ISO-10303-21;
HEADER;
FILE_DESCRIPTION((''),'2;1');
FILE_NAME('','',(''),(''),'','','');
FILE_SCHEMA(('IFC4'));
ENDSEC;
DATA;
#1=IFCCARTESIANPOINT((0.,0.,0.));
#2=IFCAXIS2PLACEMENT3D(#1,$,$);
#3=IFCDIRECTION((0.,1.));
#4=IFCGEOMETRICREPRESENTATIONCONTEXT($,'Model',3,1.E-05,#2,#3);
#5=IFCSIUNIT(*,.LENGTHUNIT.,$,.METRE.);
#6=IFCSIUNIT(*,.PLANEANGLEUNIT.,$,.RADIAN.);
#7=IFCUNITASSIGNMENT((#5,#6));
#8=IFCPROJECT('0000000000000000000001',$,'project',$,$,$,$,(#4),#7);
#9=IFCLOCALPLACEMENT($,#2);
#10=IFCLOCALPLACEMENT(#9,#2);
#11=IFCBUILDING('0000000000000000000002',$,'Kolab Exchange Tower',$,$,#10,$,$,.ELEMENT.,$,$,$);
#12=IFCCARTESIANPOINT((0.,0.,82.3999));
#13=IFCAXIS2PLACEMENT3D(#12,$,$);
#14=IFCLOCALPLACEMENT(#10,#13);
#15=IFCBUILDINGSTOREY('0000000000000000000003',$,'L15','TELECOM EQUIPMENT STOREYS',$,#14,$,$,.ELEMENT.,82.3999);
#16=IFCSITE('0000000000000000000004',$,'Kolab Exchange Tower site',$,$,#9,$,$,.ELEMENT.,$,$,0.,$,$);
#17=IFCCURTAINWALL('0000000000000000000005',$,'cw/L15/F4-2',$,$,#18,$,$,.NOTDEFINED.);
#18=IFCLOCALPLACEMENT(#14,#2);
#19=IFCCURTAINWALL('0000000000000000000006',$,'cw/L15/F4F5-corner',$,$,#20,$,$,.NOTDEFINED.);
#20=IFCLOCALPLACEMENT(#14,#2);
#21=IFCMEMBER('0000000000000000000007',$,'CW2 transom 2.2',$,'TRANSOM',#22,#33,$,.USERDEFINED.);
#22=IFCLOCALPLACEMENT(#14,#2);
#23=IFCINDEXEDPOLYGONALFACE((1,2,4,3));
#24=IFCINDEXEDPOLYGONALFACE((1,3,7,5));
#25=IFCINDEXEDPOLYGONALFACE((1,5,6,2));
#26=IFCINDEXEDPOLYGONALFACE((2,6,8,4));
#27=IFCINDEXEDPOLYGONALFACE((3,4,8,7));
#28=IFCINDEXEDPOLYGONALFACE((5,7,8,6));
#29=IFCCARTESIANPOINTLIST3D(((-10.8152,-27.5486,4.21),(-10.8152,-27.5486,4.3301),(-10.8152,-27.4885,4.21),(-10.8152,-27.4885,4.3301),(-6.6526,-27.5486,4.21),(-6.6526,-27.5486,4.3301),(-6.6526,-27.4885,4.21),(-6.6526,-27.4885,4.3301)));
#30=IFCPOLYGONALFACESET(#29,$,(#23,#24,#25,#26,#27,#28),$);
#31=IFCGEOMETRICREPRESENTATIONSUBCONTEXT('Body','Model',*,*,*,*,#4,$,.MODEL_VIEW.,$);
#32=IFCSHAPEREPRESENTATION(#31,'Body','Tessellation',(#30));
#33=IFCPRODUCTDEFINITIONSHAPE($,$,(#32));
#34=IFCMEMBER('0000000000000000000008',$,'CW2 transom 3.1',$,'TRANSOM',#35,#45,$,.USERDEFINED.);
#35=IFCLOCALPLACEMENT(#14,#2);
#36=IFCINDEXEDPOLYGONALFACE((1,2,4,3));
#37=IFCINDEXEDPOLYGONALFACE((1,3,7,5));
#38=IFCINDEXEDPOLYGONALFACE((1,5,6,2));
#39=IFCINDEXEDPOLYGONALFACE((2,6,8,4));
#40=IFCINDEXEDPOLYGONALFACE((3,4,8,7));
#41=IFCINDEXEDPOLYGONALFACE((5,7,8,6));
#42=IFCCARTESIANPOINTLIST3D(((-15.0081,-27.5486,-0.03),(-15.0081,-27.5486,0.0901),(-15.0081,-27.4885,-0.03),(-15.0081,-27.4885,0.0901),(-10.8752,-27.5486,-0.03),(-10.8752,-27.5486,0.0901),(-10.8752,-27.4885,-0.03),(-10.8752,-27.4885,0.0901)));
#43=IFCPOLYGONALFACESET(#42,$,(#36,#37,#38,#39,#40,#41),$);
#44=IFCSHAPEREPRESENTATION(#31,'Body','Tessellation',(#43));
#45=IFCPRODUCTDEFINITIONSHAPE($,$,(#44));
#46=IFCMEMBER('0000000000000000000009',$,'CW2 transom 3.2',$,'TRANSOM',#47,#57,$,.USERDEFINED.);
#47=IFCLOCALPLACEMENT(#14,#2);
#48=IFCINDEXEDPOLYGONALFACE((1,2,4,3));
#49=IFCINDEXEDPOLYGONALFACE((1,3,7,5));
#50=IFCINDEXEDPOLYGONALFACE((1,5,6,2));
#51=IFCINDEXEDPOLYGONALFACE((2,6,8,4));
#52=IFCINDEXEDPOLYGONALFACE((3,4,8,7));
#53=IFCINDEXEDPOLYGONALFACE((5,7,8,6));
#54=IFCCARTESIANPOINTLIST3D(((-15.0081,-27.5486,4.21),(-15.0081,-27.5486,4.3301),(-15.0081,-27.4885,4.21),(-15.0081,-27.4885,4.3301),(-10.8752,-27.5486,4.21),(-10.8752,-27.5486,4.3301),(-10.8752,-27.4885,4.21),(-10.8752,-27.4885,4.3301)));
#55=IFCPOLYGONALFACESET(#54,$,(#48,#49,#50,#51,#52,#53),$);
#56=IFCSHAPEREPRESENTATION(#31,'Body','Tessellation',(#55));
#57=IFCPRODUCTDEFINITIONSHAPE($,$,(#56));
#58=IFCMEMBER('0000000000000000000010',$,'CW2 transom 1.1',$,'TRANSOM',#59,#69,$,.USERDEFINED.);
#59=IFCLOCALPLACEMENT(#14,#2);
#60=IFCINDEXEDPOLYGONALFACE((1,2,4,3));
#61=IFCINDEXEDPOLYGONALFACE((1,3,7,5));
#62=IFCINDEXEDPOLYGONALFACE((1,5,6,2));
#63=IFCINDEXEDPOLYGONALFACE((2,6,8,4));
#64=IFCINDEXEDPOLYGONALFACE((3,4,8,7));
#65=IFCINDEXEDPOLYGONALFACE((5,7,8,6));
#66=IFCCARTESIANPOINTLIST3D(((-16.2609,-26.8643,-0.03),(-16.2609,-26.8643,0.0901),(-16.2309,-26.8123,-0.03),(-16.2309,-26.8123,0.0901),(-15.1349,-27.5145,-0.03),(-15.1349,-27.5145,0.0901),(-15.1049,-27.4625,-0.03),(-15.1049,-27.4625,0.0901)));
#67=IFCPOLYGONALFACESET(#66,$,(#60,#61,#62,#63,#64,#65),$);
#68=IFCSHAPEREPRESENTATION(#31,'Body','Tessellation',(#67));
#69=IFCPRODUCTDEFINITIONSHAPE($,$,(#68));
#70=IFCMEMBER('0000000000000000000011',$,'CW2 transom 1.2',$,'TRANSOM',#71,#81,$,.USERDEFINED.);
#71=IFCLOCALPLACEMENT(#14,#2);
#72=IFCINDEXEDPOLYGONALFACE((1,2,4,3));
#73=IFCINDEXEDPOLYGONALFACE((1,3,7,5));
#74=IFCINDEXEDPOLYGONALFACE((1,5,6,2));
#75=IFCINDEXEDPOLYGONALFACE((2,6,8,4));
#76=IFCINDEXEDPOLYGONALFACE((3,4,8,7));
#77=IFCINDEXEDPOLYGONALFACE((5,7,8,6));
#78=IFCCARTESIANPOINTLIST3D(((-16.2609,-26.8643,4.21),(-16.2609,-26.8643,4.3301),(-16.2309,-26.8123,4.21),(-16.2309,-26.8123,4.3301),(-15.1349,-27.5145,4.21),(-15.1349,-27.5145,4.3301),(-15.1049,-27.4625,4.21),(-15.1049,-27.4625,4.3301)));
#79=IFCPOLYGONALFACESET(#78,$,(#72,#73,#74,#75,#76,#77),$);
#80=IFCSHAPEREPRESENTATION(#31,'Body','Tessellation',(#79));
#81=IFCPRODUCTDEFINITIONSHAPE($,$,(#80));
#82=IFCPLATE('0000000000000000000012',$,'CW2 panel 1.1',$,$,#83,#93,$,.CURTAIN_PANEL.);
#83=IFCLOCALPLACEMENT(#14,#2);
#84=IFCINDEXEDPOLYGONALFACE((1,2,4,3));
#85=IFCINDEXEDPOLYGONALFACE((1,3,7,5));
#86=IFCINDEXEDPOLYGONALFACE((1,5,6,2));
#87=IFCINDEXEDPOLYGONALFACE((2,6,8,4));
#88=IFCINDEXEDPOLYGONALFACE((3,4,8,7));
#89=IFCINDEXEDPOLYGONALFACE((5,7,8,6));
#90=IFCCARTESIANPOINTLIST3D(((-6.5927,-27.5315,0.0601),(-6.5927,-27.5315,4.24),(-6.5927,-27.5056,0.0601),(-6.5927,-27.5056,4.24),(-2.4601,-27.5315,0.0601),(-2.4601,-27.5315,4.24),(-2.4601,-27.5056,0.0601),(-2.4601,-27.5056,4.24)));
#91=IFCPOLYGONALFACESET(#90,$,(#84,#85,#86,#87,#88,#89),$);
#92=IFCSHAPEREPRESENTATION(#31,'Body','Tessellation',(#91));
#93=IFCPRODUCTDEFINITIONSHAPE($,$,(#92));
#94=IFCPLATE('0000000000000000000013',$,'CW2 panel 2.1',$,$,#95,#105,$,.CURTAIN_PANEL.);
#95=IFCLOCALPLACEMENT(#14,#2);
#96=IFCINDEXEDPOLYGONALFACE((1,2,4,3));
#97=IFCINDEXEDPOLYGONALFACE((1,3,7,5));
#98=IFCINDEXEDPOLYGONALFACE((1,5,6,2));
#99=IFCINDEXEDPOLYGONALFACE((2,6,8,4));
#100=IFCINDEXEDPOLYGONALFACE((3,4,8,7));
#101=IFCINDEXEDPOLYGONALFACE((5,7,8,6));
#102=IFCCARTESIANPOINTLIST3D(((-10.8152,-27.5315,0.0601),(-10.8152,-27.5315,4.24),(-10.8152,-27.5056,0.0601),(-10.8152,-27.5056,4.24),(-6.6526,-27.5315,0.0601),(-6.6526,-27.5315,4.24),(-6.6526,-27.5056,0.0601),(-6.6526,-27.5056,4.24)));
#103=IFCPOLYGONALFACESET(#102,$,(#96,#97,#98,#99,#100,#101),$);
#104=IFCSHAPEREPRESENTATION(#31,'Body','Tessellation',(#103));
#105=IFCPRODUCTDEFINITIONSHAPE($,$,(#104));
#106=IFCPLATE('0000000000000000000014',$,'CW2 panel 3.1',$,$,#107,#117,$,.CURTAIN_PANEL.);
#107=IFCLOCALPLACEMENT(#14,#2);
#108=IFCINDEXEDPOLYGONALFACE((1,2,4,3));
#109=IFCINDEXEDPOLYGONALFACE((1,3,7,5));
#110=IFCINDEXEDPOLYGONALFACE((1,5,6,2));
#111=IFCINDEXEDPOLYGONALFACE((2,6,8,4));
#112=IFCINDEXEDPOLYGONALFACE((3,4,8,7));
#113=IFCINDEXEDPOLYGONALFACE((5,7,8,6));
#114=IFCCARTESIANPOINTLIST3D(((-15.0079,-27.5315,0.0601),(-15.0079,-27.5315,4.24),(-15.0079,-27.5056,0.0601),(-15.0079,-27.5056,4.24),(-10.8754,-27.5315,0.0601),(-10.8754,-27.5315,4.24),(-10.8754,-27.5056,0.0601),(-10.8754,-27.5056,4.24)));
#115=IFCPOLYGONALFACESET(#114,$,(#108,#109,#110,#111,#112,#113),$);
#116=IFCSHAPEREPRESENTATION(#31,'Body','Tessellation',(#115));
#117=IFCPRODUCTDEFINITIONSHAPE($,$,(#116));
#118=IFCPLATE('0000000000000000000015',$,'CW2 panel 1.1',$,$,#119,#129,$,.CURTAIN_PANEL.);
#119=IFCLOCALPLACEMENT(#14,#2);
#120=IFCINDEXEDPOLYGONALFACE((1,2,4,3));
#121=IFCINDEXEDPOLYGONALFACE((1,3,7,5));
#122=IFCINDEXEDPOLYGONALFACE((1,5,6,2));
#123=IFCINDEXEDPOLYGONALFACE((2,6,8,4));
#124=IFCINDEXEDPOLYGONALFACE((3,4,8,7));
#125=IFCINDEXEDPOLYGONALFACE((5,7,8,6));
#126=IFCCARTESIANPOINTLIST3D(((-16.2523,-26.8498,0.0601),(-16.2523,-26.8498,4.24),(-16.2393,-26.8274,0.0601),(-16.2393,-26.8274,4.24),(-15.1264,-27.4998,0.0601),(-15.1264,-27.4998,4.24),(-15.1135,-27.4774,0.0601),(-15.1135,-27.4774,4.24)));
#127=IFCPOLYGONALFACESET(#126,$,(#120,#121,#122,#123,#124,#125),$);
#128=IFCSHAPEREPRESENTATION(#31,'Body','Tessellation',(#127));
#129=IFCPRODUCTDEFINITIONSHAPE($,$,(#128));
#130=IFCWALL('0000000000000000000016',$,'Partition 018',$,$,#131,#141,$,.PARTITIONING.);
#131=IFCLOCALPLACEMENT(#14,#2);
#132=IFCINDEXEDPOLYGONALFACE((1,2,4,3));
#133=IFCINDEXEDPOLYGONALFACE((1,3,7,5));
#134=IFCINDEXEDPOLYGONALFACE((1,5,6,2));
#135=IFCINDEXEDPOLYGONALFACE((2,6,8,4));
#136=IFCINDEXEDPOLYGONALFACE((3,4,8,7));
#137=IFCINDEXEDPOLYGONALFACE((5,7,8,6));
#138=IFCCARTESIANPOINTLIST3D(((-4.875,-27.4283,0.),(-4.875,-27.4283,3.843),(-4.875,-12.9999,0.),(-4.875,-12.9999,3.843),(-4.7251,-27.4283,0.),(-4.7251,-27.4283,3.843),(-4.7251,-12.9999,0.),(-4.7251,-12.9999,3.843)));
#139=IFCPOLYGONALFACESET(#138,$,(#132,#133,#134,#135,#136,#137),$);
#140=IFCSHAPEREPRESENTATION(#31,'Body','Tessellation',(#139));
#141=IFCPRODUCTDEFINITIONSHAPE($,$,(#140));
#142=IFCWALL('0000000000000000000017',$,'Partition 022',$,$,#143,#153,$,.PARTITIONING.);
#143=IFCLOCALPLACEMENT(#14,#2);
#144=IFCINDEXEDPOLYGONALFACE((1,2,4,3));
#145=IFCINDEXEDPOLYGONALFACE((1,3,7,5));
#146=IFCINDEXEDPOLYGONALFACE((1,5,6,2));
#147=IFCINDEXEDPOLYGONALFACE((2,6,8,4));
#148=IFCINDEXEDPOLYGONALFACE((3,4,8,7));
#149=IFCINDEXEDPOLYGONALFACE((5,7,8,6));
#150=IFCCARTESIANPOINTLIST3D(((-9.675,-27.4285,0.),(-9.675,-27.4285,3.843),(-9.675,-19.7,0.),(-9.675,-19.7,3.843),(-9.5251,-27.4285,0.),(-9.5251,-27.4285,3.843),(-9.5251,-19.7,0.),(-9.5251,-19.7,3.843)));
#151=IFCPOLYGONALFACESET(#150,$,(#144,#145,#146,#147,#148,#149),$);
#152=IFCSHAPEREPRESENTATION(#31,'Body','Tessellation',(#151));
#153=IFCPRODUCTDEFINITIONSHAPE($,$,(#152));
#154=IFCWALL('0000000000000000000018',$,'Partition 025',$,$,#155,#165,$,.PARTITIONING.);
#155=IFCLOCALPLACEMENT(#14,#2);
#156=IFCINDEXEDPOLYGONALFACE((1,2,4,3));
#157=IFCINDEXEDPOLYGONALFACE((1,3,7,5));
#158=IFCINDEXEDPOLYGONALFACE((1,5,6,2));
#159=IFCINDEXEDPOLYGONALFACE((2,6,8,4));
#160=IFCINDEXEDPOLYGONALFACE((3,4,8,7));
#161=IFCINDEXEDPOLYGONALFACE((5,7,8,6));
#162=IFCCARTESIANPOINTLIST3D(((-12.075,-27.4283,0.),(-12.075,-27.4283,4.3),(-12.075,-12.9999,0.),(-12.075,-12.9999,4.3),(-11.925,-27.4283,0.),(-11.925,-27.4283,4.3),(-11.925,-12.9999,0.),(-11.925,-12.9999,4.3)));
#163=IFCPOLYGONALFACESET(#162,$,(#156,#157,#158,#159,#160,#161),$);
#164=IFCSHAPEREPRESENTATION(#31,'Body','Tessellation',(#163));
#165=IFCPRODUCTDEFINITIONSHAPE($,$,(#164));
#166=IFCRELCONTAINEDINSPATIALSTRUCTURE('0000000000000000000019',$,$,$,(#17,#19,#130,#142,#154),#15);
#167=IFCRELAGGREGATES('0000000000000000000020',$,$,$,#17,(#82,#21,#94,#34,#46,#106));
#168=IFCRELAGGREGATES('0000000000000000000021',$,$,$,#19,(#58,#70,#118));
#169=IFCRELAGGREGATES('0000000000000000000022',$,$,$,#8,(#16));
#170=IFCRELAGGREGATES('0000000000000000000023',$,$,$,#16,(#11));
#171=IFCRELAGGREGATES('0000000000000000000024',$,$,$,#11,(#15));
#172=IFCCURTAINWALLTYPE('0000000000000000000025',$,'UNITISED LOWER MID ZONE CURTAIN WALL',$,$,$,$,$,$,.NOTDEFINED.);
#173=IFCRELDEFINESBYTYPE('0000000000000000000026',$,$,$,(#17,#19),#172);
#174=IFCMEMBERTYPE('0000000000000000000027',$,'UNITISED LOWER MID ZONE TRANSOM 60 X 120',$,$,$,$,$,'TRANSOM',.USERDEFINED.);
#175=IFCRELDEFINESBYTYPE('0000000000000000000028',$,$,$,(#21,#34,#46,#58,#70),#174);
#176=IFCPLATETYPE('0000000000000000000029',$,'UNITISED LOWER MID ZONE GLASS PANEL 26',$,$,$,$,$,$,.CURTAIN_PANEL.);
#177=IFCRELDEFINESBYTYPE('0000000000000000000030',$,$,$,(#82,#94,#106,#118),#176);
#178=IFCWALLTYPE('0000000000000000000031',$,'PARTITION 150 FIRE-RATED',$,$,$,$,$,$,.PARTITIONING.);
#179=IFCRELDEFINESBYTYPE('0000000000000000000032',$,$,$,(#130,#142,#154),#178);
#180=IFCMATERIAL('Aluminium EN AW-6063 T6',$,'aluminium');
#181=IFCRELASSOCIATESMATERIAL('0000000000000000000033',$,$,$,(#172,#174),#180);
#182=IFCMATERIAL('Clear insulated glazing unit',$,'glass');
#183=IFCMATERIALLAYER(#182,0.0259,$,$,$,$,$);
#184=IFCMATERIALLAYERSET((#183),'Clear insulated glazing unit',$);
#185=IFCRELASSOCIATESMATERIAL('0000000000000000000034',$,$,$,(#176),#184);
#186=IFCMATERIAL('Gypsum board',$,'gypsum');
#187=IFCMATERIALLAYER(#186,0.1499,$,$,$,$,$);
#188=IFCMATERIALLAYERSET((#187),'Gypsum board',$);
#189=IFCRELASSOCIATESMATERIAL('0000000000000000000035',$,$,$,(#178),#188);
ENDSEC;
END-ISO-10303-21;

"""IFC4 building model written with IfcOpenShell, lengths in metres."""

from ifc_helpers import new_model, si_unit, direction, frame, frame_2d, origin, origin_2d, place, context, subcontext, project, spatial, rectangle, extrude, material, layer, layer_set, material_profile, profile_set, type_object, element, aggregate, save


model = new_model("IFC4")

# Units and contexts
model_context = context("Model", 3, precision=1e-05, world=origin(), true_north=direction((0.0, 1.0)))
body_context = subcontext(model_context, "Body", "Model", "MODEL_VIEW")
ifc_project = project(units=[si_unit("LENGTHUNIT", "METRE"), si_unit("PLANEANGLEUNIT", "RADIAN")], contexts=[model_context])

# Site, building, storey
site_placement = place(None, origin())
site = spatial("IfcSite", under=ifc_project, at=site_placement, Name="Kolab Exchange Tower site", CompositionType="ELEMENT", RefElevation=0.0)
building_placement = place(site_placement, origin())
building = spatial("IfcBuilding", under=site, at=building_placement, Name="Kolab Exchange Tower", CompositionType="ELEMENT")
storey_placement = place(building_placement, frame((0.0, 0.0, 82.3999)))
storey = spatial("IfcBuildingStorey", under=building, at=storey_placement, Name="L15", Description="TELECOM EQUIPMENT STOREYS", CompositionType="ELEMENT", Elevation=82.3999)

# Curtain wall
ifc_material_1 = material(Name="Aluminium EN AW-6063 T6", Category="aluminium")
curtain_wall_type = type_object("IfcCurtainWallType", Name="UNITISED LOWER MID ZONE CURTAIN WALL", PredefinedType="NOTDEFINED", material=ifc_material_1)
curtain_wall_1_placement = place(storey_placement, origin())
curtain_wall_1 = element("IfcCurtainWall", 1, at=curtain_wall_1_placement, inside=storey, type_object=curtain_wall_type, Name="cw/L15/F4-2", PredefinedType="NOTDEFINED")

# Curtain wall
curtain_wall_2_placement = place(storey_placement, origin())
curtain_wall_2 = element("IfcCurtainWall", 2, at=curtain_wall_2_placement, inside=storey, type_object=curtain_wall_type, Name="cw/L15/F4F5-corner", PredefinedType="NOTDEFINED")

# Members
ifc_material_profile_1 = material_profile(ifc_material_1, rectangle(XDim=0.0601, YDim=0.1201, at=origin_2d()), Name="RECT 60X120")
ifc_profile_set_1 = profile_set([ifc_material_profile_1], Name="Aluminium EN AW-6063 T6")
member_type_1 = type_object("IfcMemberType", Name="UNITISED LOWER MID ZONE TRANSOM 60 X 120", ElementType="TRANSOM", PredefinedType="USERDEFINED", material=ifc_profile_set_1)
member_1_placement = place(storey_placement, frame((-6.6526, -27.5186, 4.27), z_axis=(-1.0, 0.0, 0.0), x_axis=(0.0, -1.0, 0.0)))
member_1 = element("IfcMember", 3, at=member_1_placement, type_object=member_type_1, Name="CW2 transom 2.2", ObjectType="TRANSOM", PredefinedType="USERDEFINED", context=body_context, shape_type="SweptSolid", body=[
    extrude(rectangle(XDim=0.0601, YDim=0.1201, at=origin_2d()), origin(), (0.0, 0.0, 1.0), 4.1626),
])
member_2_placement = place(storey_placement, frame((-10.8752, -27.5186, 0.03), z_axis=(-1.0, 0.0, 0.0), x_axis=(0.0, -1.0, 0.0)))
member_2 = element("IfcMember", 4, at=member_2_placement, type_object=member_type_1, Name="CW2 transom 3.1", ObjectType="TRANSOM", PredefinedType="USERDEFINED", context=body_context, shape_type="SweptSolid", body=[
    extrude(rectangle(XDim=0.0601, YDim=0.1201, at=origin_2d()), origin(), (0.0, 0.0, 1.0), 4.1328),
])
member_3_placement = place(storey_placement, frame((-10.8752, -27.5186, 4.27), z_axis=(-1.0, 0.0, 0.0), x_axis=(0.0, -1.0, 0.0)))
member_3 = element("IfcMember", 5, at=member_3_placement, type_object=member_type_1, Name="CW2 transom 3.2", ObjectType="TRANSOM", PredefinedType="USERDEFINED", context=body_context, shape_type="SweptSolid", body=[
    extrude(rectangle(XDim=0.0601, YDim=0.1201, at=origin_2d()), origin(), (0.0, 0.0, 1.0), 4.1328),
])
member_4_placement = place(storey_placement, frame((-15.1199, -27.4885, 0.03), z_axis=(-0.866004, 0.500037, 0.0), x_axis=(-0.500037, -0.866004, 0.0)))
member_4 = element("IfcMember", 6, at=member_4_placement, type_object=member_type_1, Name="CW2 transom 1.1", ObjectType="TRANSOM", PredefinedType="USERDEFINED", context=body_context, shape_type="SweptSolid", body=[
    extrude(rectangle(XDim=0.0601, YDim=0.1201, at=origin_2d()), origin(), (0.0, 0.0, 1.0), 1.3003),
])
member_5_placement = place(storey_placement, frame((-15.1199, -27.4885, 4.27), z_axis=(-0.866004, 0.500037, 0.0), x_axis=(-0.500037, -0.866004, 0.0)))
member_5 = element("IfcMember", 7, at=member_5_placement, type_object=member_type_1, Name="CW2 transom 1.2", ObjectType="TRANSOM", PredefinedType="USERDEFINED", context=body_context, shape_type="SweptSolid", body=[
    extrude(rectangle(XDim=0.0601, YDim=0.1201, at=origin_2d()), origin(), (0.0, 0.0, 1.0), 1.3003),
])

# Plates
ifc_material_2 = material(Name="Clear insulated glazing unit", Category="glass")
ifc_layer_1 = layer(ifc_material_2, 0.0259)
ifc_layer_set_1 = layer_set([ifc_layer_1], Name="Clear insulated glazing unit")
plate_type = type_object("IfcPlateType", Name="UNITISED LOWER MID ZONE GLASS PANEL 26", PredefinedType="CURTAIN_PANEL", material=ifc_layer_set_1)
plate_1_placement = place(storey_placement, frame((-4.5264, -27.5186, 0.0601), z_axis=(0.0, 0.0, 1.0), x_axis=(-1.0, 0.0, 0.0)))
plate_1 = element("IfcPlate", 8, at=plate_1_placement, type_object=plate_type, Name="CW2 panel 1.1", PredefinedType="CURTAIN_PANEL", context=body_context, shape_type="SweptSolid", body=[
    extrude(rectangle(XDim=4.1326, YDim=0.0259, at=origin_2d()), origin(), (0.0, 0.0, 1.0), 4.1799),
])
plate_2_placement = place(storey_placement, frame((-8.7339, -27.5186, 0.0601), z_axis=(0.0, 0.0, 1.0), x_axis=(-1.0, 0.0, 0.0)))
plate_2 = element("IfcPlate", 9, at=plate_2_placement, type_object=plate_type, Name="CW2 panel 2.1", PredefinedType="CURTAIN_PANEL", context=body_context, shape_type="SweptSolid", body=[
    extrude(rectangle(XDim=4.1626, YDim=0.0259, at=origin_2d()), origin(), (0.0, 0.0, 1.0), 4.1799),
])
plate_3_placement = place(storey_placement, frame((-12.9417, -27.5186, 0.0601), z_axis=(0.0, 0.0, 1.0), x_axis=(-1.0, 0.0, 0.0)))
plate_3 = element("IfcPlate", 10, at=plate_3_placement, type_object=plate_type, Name="CW2 panel 3.1", PredefinedType="CURTAIN_PANEL", context=body_context, shape_type="SweptSolid", body=[
    extrude(rectangle(XDim=4.1326, YDim=0.0259, at=origin_2d()), origin(), (0.0, 0.0, 1.0), 4.1799),
])
aggregate(curtain_wall_1, [plate_1, member_1, plate_2, member_2, member_3, plate_3])
plate_4_placement = place(storey_placement, frame((-15.6829, -27.1636, 0.0601), z_axis=(0.0, 0.0, 1.0), x_axis=(-0.866025, 0.5, 0.0)))
plate_4 = element("IfcPlate", 11, at=plate_4_placement, type_object=plate_type, Name="CW2 panel 1.1", PredefinedType="CURTAIN_PANEL", context=body_context, shape_type="SweptSolid", body=[
    extrude(rectangle(XDim=1.3, YDim=0.0259, at=origin_2d()), origin(), (0.0, 0.0, 1.0), 4.1799),
])
aggregate(curtain_wall_2, [member_4, member_5, plate_4])

# Walls
ifc_material_3 = material(Name="Gypsum board", Category="gypsum")
ifc_layer_2 = layer(ifc_material_3, 0.1499)
ifc_layer_set_2 = layer_set([ifc_layer_2], Name="Gypsum board")
wall_type = type_object("IfcWallType", Name="PARTITION 150 FIRE-RATED", PredefinedType="PARTITIONING", material=ifc_layer_set_2)
wall_1_placement = place(storey_placement, frame((-4.8, -27.4285, 0.0), z_axis=(0.0, 0.0, 1.0), x_axis=(0.0, 1.0, 0.0)))
element("IfcWall", 12, at=wall_1_placement, inside=storey, type_object=wall_type, Name="Partition 018", PredefinedType="PARTITIONING", context=body_context, shape_type="SweptSolid", body=[
    extrude(rectangle(XDim=14.4285, YDim=0.1499, at=frame_2d((7.2144, 0.0))), origin(), (0.0, 0.0, 1.0), 3.843),
])
wall_2_placement = place(storey_placement, frame((-9.6001, -27.4285, 0.0), z_axis=(0.0, 0.0, 1.0), x_axis=(0.0, 1.0, 0.0)))
element("IfcWall", 13, at=wall_2_placement, inside=storey, type_object=wall_type, Name="Partition 022", PredefinedType="PARTITIONING", context=body_context, shape_type="SweptSolid", body=[
    extrude(rectangle(XDim=7.7285, YDim=0.1499, at=frame_2d((3.8643, 0.0))), origin(), (0.0, 0.0, 1.0), 3.843),
])
wall_3_placement = place(storey_placement, frame((-12.0, -27.4285, 0.0), z_axis=(0.0, 0.0, 1.0), x_axis=(0.0, 1.0, 0.0)))
element("IfcWall", 14, at=wall_3_placement, inside=storey, type_object=wall_type, Name="Partition 025", PredefinedType="PARTITIONING", context=body_context, shape_type="SweptSolid", body=[
    extrude(rectangle(XDim=14.4285, YDim=0.1499, at=frame_2d((7.2144, 0.0))), origin(), (0.0, 0.0, 1.0), 4.3),
])

save(model, "model.ifc")
